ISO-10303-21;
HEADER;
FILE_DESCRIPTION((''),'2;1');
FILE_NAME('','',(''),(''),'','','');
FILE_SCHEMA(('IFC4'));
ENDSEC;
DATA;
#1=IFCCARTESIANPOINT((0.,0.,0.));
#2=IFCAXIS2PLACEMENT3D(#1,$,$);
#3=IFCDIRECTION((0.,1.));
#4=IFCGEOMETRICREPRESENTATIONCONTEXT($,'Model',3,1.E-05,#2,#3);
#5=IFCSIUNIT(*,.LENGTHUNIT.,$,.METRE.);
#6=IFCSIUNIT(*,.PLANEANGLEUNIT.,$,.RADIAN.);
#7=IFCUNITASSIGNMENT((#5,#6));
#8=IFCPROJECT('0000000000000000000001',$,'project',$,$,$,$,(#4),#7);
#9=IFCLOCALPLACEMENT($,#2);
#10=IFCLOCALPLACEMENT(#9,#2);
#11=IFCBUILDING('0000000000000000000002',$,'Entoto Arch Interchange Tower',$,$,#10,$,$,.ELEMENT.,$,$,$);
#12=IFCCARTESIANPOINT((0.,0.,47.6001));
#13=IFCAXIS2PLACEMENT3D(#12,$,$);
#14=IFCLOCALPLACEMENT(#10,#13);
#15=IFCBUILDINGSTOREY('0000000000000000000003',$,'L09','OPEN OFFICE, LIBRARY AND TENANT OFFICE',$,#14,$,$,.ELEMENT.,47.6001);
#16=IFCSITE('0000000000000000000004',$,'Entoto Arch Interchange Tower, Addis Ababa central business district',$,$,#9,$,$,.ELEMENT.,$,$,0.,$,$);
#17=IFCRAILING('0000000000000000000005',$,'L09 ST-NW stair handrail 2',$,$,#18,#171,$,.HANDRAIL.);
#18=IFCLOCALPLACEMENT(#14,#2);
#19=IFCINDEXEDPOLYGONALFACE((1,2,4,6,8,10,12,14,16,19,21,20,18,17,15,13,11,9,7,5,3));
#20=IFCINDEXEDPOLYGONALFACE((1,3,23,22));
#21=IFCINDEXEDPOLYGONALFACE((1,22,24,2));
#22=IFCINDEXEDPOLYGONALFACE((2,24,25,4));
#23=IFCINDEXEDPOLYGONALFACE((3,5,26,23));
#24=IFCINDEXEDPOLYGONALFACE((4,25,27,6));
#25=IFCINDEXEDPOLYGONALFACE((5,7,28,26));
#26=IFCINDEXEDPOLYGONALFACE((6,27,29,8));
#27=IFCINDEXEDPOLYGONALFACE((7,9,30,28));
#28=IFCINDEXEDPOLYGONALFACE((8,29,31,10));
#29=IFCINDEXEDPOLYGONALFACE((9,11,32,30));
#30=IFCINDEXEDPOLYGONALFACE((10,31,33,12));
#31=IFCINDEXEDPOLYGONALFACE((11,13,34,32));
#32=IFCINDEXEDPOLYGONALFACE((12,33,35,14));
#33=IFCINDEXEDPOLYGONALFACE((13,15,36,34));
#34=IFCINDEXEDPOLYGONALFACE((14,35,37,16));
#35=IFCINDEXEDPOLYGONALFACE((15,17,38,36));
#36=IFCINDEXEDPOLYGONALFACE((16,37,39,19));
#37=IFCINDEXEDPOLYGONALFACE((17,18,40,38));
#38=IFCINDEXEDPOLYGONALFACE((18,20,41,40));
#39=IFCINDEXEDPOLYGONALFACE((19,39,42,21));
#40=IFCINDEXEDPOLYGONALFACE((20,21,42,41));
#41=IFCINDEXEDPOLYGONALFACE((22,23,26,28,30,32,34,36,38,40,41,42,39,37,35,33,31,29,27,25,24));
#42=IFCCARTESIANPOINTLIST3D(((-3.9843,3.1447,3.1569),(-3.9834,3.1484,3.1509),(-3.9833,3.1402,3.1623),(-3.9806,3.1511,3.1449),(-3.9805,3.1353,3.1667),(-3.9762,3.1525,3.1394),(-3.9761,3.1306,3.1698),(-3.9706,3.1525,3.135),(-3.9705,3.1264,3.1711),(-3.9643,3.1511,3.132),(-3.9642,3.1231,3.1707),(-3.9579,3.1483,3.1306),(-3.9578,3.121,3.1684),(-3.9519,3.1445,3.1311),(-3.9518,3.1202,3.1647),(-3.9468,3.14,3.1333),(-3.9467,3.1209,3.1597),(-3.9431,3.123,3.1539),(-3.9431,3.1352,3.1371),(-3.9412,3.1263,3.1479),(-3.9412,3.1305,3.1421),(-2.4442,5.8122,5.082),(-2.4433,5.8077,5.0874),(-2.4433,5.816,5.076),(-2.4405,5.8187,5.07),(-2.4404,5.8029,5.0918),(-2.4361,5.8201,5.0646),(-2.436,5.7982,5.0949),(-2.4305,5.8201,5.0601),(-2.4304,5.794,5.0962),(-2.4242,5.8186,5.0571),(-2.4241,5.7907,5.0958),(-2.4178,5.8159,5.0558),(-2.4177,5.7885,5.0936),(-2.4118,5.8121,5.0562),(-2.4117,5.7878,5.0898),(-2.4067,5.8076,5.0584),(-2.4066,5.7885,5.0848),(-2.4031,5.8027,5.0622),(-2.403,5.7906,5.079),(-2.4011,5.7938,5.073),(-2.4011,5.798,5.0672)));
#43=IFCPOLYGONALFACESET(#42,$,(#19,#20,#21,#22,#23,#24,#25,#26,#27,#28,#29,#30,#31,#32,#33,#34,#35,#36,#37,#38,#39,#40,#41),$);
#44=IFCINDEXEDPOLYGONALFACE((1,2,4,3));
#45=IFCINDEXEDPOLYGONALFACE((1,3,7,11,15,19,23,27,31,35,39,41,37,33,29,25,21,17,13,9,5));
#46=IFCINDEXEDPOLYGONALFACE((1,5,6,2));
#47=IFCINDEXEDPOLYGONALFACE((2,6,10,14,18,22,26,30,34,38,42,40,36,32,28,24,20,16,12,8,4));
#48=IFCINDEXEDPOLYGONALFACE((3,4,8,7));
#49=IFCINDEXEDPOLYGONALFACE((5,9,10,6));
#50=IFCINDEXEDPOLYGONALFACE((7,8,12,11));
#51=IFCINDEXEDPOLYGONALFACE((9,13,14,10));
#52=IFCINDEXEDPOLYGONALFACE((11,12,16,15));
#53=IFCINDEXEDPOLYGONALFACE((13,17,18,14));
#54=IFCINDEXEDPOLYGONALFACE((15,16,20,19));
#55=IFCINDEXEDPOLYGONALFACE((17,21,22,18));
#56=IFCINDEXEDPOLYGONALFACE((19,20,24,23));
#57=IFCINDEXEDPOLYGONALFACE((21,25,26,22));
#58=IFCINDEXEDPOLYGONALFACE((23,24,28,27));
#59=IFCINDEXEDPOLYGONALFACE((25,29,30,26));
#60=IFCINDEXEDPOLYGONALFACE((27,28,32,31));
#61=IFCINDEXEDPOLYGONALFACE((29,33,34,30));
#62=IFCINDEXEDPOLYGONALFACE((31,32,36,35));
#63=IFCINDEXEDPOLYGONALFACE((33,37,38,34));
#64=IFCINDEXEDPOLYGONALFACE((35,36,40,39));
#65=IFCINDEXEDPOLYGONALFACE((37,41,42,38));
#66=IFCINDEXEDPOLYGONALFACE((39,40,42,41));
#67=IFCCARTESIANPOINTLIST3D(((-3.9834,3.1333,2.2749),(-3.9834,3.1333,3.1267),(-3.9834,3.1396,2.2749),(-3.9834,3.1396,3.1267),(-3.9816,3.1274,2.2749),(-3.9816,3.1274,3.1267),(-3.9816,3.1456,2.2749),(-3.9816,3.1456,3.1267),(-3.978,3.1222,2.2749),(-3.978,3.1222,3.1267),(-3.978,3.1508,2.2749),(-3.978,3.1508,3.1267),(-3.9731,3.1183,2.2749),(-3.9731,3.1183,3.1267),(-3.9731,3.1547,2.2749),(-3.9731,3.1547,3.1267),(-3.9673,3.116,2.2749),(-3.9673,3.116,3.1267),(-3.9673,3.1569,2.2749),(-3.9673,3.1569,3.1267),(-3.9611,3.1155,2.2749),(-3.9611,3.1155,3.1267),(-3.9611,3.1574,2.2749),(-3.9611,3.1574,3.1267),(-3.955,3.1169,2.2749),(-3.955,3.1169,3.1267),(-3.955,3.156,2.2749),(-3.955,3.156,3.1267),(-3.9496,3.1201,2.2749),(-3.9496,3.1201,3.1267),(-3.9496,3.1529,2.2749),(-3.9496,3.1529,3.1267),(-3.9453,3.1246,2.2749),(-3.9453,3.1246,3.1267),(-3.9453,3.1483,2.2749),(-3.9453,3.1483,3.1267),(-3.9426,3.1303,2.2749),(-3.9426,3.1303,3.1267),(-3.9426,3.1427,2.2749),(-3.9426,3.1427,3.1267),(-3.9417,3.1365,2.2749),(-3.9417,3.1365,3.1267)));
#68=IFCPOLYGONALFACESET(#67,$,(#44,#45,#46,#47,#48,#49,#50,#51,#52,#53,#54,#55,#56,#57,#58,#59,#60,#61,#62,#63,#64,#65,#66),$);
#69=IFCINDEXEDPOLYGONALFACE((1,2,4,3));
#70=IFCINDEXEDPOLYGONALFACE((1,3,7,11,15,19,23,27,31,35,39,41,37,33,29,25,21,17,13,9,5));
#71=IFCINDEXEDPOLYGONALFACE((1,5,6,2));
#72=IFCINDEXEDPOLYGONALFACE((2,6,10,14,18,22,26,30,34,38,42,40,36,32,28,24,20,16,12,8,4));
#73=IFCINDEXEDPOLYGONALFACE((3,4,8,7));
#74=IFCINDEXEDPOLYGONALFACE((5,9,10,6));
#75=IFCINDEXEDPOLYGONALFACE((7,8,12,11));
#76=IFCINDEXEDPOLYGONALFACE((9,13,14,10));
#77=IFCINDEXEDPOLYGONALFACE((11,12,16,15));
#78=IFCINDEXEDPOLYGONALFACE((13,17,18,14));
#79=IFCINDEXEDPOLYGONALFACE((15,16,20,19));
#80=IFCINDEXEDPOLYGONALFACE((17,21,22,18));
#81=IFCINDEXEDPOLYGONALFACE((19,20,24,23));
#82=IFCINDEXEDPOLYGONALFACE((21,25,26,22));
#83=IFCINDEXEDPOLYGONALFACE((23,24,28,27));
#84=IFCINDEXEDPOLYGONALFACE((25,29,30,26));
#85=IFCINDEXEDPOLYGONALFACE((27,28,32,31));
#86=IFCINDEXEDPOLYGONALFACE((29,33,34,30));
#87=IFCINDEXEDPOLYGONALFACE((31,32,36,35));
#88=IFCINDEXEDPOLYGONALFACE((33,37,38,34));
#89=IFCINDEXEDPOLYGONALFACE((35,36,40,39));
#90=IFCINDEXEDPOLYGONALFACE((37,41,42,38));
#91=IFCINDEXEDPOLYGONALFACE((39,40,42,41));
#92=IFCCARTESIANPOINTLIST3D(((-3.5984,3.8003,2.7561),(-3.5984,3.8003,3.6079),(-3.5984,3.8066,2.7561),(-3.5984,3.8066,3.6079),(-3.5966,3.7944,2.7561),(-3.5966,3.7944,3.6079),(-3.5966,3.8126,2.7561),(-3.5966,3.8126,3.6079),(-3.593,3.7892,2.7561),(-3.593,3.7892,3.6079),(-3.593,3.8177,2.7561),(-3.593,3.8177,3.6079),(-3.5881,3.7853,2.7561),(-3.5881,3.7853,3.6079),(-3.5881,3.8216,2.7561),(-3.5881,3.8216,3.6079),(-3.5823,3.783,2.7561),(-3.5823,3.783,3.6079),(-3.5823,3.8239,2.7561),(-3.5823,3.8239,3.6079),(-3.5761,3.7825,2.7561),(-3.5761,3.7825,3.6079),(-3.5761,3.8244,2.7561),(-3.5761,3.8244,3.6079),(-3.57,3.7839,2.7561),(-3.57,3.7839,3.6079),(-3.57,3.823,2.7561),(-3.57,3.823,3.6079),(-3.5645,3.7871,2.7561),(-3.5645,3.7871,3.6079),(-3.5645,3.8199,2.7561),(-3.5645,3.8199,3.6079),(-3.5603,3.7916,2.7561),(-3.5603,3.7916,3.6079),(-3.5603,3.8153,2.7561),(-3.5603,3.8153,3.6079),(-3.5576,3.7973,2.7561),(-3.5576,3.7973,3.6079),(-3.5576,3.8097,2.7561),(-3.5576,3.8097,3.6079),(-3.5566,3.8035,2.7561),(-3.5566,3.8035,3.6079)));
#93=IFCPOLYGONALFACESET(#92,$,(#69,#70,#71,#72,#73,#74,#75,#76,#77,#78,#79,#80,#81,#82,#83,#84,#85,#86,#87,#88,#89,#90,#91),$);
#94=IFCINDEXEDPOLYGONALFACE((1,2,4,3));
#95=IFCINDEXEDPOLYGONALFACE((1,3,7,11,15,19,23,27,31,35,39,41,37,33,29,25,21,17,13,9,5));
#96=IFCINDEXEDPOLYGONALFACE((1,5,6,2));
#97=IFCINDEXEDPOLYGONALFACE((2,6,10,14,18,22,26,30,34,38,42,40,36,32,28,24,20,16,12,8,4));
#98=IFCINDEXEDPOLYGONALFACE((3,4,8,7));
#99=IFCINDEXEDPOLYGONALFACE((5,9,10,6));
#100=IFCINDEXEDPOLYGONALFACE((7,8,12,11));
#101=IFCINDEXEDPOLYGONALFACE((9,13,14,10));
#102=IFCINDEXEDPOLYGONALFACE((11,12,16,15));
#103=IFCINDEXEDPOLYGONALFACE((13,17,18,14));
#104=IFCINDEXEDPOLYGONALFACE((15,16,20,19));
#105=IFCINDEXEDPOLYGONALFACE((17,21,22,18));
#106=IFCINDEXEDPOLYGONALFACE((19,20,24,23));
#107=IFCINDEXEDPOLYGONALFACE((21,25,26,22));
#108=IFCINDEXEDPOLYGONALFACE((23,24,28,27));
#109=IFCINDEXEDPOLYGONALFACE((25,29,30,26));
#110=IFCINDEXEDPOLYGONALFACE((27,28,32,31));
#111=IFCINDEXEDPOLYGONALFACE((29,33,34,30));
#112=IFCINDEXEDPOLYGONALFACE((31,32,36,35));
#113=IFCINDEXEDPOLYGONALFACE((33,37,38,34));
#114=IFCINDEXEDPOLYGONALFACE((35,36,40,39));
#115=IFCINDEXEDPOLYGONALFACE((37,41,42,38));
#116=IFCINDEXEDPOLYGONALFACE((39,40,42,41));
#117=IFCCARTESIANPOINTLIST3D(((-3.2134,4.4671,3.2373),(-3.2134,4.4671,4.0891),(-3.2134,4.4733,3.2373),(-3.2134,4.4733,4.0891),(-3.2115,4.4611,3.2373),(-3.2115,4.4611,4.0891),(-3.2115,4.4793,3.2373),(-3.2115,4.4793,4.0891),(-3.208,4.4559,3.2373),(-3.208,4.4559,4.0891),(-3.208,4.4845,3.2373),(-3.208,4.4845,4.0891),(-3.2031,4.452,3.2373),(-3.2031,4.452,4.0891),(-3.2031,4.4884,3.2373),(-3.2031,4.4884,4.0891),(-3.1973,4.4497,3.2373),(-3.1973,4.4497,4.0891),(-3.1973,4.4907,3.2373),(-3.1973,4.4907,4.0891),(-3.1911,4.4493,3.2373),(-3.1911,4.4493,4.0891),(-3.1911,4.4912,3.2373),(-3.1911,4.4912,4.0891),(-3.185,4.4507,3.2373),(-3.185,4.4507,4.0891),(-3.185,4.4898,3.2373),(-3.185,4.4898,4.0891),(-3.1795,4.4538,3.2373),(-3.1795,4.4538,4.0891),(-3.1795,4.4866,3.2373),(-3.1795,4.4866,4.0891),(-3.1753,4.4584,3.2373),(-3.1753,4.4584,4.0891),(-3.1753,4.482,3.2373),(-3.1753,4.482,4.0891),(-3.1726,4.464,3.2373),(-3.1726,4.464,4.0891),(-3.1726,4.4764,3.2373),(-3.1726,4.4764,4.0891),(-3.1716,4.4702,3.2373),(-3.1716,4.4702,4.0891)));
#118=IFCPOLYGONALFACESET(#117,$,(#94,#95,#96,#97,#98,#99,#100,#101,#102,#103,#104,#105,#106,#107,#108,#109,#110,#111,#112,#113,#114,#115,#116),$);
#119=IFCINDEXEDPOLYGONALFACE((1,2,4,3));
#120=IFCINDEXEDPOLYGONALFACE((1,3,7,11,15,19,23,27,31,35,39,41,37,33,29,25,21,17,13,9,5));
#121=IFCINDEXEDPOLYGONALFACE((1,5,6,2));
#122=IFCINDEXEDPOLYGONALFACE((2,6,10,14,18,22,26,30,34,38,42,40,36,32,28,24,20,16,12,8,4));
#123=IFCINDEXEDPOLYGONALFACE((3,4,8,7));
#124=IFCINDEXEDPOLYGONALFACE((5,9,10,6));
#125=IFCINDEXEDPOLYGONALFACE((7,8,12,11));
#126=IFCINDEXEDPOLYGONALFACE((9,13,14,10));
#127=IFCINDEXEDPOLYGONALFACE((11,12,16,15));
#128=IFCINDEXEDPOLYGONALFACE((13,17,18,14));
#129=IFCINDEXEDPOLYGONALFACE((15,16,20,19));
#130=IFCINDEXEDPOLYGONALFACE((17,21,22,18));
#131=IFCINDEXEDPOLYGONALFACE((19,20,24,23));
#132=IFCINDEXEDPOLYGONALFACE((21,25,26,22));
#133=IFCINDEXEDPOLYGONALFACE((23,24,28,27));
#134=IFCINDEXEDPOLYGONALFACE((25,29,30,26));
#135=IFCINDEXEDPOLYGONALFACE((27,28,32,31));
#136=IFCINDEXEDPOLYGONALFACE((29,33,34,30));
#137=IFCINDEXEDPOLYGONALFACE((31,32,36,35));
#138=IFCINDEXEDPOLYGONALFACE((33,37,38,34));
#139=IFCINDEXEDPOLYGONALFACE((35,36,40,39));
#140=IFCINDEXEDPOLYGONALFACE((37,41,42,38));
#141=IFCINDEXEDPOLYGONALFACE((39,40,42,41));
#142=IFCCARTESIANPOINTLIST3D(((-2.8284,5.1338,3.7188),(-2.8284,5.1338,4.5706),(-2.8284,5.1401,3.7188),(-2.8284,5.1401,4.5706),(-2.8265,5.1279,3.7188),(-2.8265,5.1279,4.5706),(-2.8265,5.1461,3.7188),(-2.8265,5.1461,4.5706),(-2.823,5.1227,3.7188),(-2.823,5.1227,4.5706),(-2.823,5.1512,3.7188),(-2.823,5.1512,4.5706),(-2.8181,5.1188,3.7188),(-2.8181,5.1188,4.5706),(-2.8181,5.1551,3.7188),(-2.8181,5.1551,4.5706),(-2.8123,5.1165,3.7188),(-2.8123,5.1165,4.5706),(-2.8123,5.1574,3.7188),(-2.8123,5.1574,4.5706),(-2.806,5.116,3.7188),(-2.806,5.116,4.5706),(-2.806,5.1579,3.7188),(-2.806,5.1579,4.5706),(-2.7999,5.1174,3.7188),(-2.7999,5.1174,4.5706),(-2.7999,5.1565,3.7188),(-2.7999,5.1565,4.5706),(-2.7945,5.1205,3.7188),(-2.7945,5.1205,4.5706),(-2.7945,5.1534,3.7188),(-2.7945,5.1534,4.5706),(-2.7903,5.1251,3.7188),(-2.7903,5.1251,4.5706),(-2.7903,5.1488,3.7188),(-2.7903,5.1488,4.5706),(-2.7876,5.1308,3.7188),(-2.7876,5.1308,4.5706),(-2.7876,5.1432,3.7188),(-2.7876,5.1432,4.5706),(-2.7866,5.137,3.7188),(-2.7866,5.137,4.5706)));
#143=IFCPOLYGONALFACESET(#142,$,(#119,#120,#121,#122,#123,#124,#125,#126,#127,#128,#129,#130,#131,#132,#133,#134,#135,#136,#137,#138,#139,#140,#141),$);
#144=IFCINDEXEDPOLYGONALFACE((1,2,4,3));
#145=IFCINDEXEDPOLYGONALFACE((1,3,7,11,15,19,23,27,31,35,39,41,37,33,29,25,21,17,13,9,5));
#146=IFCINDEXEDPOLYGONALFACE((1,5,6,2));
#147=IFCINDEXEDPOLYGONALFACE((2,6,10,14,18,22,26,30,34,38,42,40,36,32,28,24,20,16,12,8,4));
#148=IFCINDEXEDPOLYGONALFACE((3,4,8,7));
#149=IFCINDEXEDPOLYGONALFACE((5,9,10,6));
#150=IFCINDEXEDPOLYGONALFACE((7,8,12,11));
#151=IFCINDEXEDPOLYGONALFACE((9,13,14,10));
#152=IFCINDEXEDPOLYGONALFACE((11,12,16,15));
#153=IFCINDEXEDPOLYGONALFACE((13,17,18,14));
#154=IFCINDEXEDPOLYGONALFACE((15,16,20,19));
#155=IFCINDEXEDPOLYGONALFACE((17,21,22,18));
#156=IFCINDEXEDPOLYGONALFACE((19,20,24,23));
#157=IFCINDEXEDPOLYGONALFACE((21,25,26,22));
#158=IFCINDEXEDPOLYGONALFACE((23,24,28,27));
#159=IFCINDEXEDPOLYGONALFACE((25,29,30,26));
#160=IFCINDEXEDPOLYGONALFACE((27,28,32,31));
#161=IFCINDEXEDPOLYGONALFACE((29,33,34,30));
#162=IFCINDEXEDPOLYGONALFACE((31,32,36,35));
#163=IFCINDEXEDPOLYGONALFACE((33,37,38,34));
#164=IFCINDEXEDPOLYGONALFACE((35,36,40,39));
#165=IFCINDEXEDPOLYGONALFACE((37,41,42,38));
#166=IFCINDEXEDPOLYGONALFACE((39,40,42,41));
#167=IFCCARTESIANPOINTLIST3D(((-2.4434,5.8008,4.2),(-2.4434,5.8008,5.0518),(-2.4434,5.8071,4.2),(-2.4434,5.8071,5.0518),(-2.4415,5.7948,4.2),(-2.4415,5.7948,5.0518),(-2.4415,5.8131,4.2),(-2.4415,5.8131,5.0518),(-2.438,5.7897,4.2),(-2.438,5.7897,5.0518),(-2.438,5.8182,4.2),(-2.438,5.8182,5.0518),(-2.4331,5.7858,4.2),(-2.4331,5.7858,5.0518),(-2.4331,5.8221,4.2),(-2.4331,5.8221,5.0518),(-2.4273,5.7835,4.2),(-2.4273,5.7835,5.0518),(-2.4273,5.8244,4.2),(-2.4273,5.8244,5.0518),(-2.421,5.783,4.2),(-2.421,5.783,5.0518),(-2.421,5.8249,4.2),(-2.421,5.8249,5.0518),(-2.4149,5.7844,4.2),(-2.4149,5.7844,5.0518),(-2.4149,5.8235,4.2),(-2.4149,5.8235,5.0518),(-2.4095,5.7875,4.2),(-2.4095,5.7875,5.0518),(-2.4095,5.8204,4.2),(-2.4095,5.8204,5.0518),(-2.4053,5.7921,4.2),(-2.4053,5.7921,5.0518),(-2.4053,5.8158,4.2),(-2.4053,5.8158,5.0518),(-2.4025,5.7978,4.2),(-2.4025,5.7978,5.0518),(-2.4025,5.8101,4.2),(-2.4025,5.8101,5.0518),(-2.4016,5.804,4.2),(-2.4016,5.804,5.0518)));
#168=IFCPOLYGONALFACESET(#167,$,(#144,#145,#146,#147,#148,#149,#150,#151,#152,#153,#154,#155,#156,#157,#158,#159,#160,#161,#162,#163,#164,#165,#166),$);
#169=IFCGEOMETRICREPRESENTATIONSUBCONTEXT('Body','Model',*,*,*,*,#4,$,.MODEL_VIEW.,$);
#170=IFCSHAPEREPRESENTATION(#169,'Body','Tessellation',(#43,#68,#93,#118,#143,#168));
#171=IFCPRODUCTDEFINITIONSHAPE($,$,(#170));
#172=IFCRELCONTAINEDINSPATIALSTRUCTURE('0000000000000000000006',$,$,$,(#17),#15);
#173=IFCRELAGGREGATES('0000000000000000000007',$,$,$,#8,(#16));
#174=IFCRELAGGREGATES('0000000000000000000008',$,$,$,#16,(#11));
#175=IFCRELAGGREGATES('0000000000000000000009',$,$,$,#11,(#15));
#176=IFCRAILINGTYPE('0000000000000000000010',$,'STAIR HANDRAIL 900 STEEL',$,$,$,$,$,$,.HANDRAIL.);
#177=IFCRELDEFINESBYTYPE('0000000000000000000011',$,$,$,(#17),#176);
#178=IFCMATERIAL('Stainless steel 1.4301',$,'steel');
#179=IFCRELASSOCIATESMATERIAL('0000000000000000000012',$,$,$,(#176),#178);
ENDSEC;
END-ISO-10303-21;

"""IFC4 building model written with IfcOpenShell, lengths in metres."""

from ifc_helpers import new_model, si_unit, direction, frame, origin, origin_2d, place, context, subcontext, project, spatial, circle, extrude, material, type_object, element, save


model = new_model("IFC4")

# Units and contexts
model_context = context("Model", 3, precision=1e-05, world=origin(), true_north=direction((0.0, 1.0)))
body_context = subcontext(model_context, "Body", "Model", "MODEL_VIEW")
ifc_project = project(units=[si_unit("LENGTHUNIT", "METRE"), si_unit("PLANEANGLEUNIT", "RADIAN")], contexts=[model_context])

# Site, building, storey
site_placement = place(None, origin())
site = spatial("IfcSite", under=ifc_project, at=site_placement, Name="Entoto Arch Interchange Tower, Addis Ababa central business district", CompositionType="ELEMENT", RefElevation=0.0)
building_placement = place(site_placement, origin())
building = spatial("IfcBuilding", under=site, at=building_placement, Name="Entoto Arch Interchange Tower", CompositionType="ELEMENT")
storey_placement = place(building_placement, frame((0.0, 0.0, 47.6001)))
storey = spatial("IfcBuildingStorey", under=building, at=storey_placement, Name="L09", Description="OPEN OFFICE, LIBRARY AND TENANT OFFICE", CompositionType="ELEMENT", Elevation=47.6001)

# Railing
ifc_material_1 = material(Name="Stainless steel 1.4301", Category="steel")
railing_type_1 = type_object("IfcRailingType", Name="STAIR HANDRAIL 900 STEEL", PredefinedType="HANDRAIL", material=ifc_material_1)
railing_1_placement = place(storey_placement, frame((-3.9626, 3.1365, 2.2749)))
element("IfcRailing", 1, at=railing_1_placement, inside=storey, type_object=railing_type_1, Name="L09 ST-NW stair handrail 2", PredefinedType="HANDRAIL", context=body_context, shape_type="SweptSolid", body=[
    extrude(circle(Radius=0.0239, at=origin_2d()), frame((0.0, 0.0, 0.876), z_axis=(0.423994, 0.734395, 0.529993), x_axis=(-0.86603, 0.499992, 0.0)), (0.0, 0.0, 1.0), 3.6323),
    extrude(circle(Radius=0.021, at=origin_2d()), origin(), (0.0, 0.0, 1.0), 0.8518),
    extrude(circle(Radius=0.021, at=origin_2d()), frame((0.385, 0.667, 0.4812)), (0.0, 0.0, 1.0), 0.8518),
    extrude(circle(Radius=0.021, at=origin_2d()), frame((0.77, 1.3337, 0.9624)), (0.0, 0.0, 1.0), 0.8518),
    extrude(circle(Radius=0.021, at=origin_2d()), frame((1.155, 2.0005, 1.4438)), (0.0, 0.0, 1.0), 0.8518),
    extrude(circle(Radius=0.021, at=origin_2d()), frame((1.54, 2.6675, 1.925)), (0.0, 0.0, 1.0), 0.8518),
])

save(model, "model.ifc")
